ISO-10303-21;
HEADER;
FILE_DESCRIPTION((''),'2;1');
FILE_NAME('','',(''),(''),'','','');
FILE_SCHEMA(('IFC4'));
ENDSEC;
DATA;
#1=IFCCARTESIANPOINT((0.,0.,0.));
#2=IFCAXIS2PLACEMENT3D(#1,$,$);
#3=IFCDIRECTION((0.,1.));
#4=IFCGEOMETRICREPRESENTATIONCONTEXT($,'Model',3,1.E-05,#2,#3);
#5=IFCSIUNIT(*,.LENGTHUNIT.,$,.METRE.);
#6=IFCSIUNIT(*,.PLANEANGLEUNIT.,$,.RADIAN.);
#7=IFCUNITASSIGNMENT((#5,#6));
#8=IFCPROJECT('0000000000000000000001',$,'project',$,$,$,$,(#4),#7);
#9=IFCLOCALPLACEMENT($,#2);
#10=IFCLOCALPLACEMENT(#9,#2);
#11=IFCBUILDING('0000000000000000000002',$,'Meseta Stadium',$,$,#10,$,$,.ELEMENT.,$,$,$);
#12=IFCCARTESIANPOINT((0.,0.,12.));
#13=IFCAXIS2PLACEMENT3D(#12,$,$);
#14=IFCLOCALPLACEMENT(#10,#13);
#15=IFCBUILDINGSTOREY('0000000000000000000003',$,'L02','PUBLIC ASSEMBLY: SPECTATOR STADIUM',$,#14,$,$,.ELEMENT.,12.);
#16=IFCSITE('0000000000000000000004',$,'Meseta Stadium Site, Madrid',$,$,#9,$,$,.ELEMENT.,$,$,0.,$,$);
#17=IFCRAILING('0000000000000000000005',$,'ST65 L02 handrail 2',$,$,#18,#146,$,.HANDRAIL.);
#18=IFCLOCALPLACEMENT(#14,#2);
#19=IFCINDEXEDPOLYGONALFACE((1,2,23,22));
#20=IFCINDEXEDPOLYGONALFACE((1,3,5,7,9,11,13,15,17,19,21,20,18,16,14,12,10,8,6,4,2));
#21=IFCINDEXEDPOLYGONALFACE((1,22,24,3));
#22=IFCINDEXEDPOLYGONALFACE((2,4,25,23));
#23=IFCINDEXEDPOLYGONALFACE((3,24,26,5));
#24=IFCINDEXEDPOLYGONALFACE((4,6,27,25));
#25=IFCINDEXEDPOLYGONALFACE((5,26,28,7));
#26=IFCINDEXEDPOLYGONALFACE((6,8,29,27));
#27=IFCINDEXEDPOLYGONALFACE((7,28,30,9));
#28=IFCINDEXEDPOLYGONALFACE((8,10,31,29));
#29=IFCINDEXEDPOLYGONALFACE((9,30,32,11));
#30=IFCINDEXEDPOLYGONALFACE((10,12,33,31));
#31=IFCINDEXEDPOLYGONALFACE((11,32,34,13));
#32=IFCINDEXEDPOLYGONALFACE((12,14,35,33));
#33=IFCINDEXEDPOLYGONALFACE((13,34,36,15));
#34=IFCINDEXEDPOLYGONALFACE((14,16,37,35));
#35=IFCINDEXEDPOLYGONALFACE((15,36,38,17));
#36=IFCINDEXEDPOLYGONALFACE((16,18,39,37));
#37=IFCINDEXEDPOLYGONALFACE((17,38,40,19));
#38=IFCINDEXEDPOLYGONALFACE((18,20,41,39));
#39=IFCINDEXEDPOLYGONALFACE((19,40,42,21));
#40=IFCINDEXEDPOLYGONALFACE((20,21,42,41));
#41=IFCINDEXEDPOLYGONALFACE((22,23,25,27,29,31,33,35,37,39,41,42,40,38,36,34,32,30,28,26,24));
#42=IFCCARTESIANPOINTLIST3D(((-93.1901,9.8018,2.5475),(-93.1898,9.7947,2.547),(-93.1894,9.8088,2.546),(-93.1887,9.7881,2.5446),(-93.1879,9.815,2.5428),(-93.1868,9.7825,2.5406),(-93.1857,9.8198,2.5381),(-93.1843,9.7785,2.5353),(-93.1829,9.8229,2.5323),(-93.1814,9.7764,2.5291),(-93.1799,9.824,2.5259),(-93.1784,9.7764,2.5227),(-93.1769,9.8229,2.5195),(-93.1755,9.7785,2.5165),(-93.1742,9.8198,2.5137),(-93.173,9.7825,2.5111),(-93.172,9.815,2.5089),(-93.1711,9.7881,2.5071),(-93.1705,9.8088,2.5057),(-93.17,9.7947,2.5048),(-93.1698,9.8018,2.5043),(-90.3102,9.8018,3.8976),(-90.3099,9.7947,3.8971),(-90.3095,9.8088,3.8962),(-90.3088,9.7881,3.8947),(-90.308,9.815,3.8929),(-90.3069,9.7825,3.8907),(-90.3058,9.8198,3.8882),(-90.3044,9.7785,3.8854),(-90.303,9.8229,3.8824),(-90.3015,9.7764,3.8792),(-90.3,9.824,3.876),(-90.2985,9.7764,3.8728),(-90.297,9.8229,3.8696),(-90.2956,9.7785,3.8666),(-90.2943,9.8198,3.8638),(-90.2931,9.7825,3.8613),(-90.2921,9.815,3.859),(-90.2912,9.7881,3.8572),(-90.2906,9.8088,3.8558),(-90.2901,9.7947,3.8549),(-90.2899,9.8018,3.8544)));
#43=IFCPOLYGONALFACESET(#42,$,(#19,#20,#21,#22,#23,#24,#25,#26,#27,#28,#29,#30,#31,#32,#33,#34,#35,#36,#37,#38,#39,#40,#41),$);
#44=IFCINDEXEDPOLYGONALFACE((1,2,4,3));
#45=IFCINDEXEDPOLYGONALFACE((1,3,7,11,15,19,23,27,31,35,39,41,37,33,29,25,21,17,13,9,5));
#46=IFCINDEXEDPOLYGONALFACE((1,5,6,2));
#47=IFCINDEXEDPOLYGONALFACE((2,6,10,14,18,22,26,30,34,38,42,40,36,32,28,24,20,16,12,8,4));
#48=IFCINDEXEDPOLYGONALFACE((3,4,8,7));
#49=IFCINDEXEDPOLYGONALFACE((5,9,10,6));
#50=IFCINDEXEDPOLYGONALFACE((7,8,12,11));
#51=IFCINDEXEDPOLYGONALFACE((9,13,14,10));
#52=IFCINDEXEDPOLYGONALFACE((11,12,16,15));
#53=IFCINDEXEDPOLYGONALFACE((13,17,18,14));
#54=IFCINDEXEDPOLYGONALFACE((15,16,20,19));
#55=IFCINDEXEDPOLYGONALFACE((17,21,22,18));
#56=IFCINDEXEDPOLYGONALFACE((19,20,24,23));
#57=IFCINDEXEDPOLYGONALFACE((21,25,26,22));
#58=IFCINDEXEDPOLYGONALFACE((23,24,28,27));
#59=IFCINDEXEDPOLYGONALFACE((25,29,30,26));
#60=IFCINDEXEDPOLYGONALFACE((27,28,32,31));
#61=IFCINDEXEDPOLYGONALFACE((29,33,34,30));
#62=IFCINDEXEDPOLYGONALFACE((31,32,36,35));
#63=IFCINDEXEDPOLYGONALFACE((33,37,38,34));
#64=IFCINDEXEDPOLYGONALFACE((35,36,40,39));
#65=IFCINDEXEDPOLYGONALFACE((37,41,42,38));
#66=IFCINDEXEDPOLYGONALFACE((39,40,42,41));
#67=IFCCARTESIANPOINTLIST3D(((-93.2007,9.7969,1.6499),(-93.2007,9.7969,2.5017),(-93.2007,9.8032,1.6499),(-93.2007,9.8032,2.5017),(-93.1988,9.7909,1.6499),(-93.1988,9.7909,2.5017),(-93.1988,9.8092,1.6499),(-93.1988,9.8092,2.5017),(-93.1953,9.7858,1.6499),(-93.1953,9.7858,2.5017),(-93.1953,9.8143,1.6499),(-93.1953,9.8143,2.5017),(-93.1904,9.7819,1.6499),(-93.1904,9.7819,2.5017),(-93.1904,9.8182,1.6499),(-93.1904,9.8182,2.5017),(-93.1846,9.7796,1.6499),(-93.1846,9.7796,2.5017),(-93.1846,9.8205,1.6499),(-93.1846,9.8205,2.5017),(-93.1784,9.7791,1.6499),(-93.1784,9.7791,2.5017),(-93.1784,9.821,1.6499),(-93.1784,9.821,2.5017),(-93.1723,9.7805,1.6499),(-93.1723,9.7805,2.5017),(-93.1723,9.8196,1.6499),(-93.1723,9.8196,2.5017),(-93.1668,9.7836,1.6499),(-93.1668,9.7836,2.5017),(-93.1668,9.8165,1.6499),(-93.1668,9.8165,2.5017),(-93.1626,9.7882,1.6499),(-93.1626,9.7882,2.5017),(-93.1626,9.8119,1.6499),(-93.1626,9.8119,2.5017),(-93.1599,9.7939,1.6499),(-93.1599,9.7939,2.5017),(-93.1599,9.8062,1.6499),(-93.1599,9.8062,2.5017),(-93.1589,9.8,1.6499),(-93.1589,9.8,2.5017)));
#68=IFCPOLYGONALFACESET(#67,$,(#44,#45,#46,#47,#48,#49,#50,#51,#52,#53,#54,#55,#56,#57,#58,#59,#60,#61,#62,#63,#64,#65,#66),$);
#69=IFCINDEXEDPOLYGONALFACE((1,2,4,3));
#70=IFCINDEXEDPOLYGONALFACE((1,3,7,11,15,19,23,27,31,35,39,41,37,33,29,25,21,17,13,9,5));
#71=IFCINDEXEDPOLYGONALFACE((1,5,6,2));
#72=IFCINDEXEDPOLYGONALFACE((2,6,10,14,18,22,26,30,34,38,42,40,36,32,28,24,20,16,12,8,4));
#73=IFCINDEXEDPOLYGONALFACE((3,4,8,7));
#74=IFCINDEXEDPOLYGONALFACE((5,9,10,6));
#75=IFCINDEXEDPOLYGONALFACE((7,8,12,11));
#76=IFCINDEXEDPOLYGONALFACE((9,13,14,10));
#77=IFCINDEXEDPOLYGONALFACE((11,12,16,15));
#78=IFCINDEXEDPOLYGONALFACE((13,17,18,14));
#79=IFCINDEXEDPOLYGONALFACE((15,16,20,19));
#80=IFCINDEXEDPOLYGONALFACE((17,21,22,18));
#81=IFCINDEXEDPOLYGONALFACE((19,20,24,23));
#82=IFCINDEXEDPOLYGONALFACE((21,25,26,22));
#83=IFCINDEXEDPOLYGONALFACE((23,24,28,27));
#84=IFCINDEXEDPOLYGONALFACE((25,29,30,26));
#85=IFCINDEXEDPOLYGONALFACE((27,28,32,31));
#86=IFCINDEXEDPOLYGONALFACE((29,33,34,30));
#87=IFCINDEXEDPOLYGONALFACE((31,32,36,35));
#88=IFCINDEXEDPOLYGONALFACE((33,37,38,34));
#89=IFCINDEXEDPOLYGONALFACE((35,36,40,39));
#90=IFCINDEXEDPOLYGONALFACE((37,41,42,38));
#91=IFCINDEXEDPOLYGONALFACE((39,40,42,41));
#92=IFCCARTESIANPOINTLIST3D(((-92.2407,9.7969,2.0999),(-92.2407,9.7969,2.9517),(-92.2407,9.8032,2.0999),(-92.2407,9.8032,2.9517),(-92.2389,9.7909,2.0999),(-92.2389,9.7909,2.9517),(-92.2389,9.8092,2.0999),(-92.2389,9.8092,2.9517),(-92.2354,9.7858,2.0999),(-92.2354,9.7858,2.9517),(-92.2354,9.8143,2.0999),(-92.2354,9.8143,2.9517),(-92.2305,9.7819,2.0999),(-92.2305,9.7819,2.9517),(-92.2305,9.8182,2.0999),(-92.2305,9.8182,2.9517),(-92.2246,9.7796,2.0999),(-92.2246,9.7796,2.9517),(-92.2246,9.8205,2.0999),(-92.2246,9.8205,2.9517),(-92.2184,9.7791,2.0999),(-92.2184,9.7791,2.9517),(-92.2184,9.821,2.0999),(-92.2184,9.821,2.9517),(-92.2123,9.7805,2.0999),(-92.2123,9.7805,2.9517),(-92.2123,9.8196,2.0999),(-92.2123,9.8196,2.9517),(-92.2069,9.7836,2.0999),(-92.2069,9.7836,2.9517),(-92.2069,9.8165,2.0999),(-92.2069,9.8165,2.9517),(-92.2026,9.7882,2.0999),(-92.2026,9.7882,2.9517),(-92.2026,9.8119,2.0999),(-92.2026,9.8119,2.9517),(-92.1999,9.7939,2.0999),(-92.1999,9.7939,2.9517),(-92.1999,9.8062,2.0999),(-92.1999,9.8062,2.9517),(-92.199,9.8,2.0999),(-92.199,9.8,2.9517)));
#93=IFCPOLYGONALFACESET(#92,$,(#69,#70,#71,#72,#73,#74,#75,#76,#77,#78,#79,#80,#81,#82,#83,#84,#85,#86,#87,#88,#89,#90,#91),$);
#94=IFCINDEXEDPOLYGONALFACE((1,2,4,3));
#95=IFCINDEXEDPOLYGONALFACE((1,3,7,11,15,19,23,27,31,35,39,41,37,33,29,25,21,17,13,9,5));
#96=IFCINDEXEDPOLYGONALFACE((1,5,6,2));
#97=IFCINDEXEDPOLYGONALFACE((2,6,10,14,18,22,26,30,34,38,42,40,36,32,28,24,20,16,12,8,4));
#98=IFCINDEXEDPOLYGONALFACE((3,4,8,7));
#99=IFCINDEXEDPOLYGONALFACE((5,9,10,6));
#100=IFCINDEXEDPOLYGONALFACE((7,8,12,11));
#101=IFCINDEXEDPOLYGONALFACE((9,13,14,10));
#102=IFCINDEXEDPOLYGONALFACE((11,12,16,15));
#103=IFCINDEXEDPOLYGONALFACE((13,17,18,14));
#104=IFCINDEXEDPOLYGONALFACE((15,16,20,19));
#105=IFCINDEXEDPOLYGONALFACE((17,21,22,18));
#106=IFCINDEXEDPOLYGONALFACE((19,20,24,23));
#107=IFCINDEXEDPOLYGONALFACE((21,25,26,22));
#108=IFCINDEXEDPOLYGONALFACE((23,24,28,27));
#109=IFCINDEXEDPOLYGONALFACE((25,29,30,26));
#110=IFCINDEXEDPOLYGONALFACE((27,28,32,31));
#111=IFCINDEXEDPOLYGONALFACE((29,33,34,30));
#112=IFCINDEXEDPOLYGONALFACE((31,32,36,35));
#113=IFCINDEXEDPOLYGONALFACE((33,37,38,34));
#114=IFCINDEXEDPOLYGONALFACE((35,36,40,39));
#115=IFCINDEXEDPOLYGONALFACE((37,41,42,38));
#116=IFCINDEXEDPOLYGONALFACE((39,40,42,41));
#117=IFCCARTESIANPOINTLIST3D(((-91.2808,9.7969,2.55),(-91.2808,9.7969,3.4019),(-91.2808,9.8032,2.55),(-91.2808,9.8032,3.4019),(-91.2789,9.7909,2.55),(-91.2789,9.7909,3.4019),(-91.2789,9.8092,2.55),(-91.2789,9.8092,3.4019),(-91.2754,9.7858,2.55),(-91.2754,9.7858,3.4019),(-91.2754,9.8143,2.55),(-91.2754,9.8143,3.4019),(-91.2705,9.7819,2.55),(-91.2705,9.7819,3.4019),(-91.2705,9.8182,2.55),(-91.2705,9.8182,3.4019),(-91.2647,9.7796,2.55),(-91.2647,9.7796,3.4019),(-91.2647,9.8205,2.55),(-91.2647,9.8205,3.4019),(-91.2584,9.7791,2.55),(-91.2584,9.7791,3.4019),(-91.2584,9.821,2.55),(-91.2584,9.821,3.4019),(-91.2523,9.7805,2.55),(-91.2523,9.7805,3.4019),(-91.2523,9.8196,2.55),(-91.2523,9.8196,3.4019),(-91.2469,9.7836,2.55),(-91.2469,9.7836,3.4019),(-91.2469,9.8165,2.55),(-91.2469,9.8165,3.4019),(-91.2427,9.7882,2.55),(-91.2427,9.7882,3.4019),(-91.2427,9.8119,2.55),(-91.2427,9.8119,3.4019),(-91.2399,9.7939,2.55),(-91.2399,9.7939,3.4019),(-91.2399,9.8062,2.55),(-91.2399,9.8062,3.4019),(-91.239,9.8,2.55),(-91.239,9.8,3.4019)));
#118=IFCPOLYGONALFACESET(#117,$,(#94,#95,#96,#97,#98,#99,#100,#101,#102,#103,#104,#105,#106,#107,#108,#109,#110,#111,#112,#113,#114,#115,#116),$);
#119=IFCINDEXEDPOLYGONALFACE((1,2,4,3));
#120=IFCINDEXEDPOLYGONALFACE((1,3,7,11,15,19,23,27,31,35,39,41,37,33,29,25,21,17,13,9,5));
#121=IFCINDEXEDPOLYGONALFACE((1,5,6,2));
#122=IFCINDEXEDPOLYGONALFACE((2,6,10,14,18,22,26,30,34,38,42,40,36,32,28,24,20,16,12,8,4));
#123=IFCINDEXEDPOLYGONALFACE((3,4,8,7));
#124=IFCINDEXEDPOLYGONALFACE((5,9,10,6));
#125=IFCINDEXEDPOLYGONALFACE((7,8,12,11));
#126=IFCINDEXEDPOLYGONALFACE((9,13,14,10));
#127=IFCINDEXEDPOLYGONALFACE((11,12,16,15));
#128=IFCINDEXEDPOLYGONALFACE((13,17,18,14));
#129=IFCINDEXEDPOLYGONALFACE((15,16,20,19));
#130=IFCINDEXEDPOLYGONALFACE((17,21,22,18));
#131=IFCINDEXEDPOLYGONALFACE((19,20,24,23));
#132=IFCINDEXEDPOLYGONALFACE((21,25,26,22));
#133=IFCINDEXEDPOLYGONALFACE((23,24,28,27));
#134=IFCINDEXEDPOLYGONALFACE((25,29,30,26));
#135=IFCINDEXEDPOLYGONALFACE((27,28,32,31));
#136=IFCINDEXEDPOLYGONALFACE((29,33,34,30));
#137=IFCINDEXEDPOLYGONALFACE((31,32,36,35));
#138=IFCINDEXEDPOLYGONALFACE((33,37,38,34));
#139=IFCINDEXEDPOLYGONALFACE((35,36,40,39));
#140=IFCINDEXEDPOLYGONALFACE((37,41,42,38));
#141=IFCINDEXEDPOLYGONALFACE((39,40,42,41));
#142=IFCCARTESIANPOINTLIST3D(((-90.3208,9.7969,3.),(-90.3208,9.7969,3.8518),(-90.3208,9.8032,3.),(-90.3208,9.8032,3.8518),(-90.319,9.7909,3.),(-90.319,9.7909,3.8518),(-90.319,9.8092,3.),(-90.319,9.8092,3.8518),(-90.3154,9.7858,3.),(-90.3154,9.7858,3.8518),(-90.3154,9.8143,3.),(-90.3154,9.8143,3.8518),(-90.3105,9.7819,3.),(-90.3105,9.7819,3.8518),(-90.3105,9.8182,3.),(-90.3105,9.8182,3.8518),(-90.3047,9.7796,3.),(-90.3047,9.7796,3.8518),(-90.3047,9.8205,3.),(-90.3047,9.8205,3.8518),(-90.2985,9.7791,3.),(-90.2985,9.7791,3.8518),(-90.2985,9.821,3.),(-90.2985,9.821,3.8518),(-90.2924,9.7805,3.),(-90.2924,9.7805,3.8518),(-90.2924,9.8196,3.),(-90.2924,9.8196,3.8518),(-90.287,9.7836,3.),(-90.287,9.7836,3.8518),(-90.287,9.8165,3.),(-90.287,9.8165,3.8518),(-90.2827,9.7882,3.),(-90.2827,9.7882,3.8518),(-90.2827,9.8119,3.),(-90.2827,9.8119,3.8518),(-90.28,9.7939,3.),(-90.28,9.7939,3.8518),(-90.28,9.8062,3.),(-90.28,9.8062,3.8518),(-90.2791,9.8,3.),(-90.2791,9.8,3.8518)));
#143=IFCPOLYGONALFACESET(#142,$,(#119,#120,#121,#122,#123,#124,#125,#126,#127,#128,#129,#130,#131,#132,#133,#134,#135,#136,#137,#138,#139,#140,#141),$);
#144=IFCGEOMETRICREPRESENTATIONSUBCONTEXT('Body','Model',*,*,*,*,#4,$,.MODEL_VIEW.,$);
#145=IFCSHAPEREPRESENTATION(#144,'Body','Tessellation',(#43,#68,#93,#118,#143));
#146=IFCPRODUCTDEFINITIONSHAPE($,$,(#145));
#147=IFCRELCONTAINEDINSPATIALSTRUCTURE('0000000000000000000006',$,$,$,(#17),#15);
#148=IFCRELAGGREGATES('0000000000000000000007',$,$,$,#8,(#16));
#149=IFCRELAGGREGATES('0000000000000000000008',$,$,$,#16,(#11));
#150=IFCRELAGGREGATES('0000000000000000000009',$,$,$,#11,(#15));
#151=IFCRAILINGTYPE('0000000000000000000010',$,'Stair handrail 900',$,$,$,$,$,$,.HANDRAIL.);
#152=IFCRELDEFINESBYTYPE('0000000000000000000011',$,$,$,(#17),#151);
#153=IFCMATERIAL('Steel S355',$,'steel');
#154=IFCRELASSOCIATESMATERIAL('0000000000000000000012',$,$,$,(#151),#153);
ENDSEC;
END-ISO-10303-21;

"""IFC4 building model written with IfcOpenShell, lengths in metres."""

from ifc_helpers import new_model, si_unit, direction, frame, origin, origin_2d, place, context, subcontext, project, spatial, circle, extrude, material, type_object, element, save


model = new_model("IFC4")

# Units and contexts
model_context = context("Model", 3, precision=1e-05, world=origin(), true_north=direction((0.0, 1.0)))
body_context = subcontext(model_context, "Body", "Model", "MODEL_VIEW")
ifc_project = project(units=[si_unit("LENGTHUNIT", "METRE"), si_unit("PLANEANGLEUNIT", "RADIAN")], contexts=[model_context])

# Site, building, storey
site_placement = place(None, origin())
site = spatial("IfcSite", under=ifc_project, at=site_placement, Name="Meseta Stadium Site, Madrid", CompositionType="ELEMENT", RefElevation=0.0)
building_placement = place(site_placement, origin())
building = spatial("IfcBuilding", under=site, at=building_placement, Name="Meseta Stadium", CompositionType="ELEMENT")
storey_placement = place(building_placement, frame((0.0, 0.0, 12.0)))
storey = spatial("IfcBuildingStorey", under=building, at=storey_placement, Name="L02", Description="PUBLIC ASSEMBLY: SPECTATOR STADIUM", CompositionType="ELEMENT", Elevation=12.0)

# Railing
ifc_material_1 = material(Name="Steel S355", Category="steel")
railing_type_1 = type_object("IfcRailingType", Name="Stair handrail 900", PredefinedType="HANDRAIL", material=ifc_material_1)
railing_1_placement = place(storey_placement, frame((-93.1799, 9.8, 1.6499)))
element("IfcRailing", 1, at=railing_1_placement, inside=storey, type_object=railing_type_1, Name="ST65 L02 handrail 2", PredefinedType="HANDRAIL", context=body_context, shape_type="SweptSolid", body=[
    extrude(circle(Radius=0.0239, at=origin_2d()), frame((0.0, 0.0, 0.876), z_axis=(0.90544, 0.0, 0.424473), x_axis=(0.0, 1.0, 0.0)), (0.0, 0.0, 1.0), 3.1807),
    extrude(circle(Radius=0.021, at=origin_2d()), origin(), (0.0, 0.0, 1.0), 0.8518),
    extrude(circle(Radius=0.021, at=origin_2d()), frame((0.96, 0.0, 0.45)), (0.0, 0.0, 1.0), 0.8518),
    extrude(circle(Radius=0.021, at=origin_2d()), frame((1.9199, 0.0, 0.9001)), (0.0, 0.0, 1.0), 0.8518),
    extrude(circle(Radius=0.021, at=origin_2d()), frame((2.8799, 0.0, 1.3501)), (0.0, 0.0, 1.0), 0.8518),
])

save(model, "model.ifc")
